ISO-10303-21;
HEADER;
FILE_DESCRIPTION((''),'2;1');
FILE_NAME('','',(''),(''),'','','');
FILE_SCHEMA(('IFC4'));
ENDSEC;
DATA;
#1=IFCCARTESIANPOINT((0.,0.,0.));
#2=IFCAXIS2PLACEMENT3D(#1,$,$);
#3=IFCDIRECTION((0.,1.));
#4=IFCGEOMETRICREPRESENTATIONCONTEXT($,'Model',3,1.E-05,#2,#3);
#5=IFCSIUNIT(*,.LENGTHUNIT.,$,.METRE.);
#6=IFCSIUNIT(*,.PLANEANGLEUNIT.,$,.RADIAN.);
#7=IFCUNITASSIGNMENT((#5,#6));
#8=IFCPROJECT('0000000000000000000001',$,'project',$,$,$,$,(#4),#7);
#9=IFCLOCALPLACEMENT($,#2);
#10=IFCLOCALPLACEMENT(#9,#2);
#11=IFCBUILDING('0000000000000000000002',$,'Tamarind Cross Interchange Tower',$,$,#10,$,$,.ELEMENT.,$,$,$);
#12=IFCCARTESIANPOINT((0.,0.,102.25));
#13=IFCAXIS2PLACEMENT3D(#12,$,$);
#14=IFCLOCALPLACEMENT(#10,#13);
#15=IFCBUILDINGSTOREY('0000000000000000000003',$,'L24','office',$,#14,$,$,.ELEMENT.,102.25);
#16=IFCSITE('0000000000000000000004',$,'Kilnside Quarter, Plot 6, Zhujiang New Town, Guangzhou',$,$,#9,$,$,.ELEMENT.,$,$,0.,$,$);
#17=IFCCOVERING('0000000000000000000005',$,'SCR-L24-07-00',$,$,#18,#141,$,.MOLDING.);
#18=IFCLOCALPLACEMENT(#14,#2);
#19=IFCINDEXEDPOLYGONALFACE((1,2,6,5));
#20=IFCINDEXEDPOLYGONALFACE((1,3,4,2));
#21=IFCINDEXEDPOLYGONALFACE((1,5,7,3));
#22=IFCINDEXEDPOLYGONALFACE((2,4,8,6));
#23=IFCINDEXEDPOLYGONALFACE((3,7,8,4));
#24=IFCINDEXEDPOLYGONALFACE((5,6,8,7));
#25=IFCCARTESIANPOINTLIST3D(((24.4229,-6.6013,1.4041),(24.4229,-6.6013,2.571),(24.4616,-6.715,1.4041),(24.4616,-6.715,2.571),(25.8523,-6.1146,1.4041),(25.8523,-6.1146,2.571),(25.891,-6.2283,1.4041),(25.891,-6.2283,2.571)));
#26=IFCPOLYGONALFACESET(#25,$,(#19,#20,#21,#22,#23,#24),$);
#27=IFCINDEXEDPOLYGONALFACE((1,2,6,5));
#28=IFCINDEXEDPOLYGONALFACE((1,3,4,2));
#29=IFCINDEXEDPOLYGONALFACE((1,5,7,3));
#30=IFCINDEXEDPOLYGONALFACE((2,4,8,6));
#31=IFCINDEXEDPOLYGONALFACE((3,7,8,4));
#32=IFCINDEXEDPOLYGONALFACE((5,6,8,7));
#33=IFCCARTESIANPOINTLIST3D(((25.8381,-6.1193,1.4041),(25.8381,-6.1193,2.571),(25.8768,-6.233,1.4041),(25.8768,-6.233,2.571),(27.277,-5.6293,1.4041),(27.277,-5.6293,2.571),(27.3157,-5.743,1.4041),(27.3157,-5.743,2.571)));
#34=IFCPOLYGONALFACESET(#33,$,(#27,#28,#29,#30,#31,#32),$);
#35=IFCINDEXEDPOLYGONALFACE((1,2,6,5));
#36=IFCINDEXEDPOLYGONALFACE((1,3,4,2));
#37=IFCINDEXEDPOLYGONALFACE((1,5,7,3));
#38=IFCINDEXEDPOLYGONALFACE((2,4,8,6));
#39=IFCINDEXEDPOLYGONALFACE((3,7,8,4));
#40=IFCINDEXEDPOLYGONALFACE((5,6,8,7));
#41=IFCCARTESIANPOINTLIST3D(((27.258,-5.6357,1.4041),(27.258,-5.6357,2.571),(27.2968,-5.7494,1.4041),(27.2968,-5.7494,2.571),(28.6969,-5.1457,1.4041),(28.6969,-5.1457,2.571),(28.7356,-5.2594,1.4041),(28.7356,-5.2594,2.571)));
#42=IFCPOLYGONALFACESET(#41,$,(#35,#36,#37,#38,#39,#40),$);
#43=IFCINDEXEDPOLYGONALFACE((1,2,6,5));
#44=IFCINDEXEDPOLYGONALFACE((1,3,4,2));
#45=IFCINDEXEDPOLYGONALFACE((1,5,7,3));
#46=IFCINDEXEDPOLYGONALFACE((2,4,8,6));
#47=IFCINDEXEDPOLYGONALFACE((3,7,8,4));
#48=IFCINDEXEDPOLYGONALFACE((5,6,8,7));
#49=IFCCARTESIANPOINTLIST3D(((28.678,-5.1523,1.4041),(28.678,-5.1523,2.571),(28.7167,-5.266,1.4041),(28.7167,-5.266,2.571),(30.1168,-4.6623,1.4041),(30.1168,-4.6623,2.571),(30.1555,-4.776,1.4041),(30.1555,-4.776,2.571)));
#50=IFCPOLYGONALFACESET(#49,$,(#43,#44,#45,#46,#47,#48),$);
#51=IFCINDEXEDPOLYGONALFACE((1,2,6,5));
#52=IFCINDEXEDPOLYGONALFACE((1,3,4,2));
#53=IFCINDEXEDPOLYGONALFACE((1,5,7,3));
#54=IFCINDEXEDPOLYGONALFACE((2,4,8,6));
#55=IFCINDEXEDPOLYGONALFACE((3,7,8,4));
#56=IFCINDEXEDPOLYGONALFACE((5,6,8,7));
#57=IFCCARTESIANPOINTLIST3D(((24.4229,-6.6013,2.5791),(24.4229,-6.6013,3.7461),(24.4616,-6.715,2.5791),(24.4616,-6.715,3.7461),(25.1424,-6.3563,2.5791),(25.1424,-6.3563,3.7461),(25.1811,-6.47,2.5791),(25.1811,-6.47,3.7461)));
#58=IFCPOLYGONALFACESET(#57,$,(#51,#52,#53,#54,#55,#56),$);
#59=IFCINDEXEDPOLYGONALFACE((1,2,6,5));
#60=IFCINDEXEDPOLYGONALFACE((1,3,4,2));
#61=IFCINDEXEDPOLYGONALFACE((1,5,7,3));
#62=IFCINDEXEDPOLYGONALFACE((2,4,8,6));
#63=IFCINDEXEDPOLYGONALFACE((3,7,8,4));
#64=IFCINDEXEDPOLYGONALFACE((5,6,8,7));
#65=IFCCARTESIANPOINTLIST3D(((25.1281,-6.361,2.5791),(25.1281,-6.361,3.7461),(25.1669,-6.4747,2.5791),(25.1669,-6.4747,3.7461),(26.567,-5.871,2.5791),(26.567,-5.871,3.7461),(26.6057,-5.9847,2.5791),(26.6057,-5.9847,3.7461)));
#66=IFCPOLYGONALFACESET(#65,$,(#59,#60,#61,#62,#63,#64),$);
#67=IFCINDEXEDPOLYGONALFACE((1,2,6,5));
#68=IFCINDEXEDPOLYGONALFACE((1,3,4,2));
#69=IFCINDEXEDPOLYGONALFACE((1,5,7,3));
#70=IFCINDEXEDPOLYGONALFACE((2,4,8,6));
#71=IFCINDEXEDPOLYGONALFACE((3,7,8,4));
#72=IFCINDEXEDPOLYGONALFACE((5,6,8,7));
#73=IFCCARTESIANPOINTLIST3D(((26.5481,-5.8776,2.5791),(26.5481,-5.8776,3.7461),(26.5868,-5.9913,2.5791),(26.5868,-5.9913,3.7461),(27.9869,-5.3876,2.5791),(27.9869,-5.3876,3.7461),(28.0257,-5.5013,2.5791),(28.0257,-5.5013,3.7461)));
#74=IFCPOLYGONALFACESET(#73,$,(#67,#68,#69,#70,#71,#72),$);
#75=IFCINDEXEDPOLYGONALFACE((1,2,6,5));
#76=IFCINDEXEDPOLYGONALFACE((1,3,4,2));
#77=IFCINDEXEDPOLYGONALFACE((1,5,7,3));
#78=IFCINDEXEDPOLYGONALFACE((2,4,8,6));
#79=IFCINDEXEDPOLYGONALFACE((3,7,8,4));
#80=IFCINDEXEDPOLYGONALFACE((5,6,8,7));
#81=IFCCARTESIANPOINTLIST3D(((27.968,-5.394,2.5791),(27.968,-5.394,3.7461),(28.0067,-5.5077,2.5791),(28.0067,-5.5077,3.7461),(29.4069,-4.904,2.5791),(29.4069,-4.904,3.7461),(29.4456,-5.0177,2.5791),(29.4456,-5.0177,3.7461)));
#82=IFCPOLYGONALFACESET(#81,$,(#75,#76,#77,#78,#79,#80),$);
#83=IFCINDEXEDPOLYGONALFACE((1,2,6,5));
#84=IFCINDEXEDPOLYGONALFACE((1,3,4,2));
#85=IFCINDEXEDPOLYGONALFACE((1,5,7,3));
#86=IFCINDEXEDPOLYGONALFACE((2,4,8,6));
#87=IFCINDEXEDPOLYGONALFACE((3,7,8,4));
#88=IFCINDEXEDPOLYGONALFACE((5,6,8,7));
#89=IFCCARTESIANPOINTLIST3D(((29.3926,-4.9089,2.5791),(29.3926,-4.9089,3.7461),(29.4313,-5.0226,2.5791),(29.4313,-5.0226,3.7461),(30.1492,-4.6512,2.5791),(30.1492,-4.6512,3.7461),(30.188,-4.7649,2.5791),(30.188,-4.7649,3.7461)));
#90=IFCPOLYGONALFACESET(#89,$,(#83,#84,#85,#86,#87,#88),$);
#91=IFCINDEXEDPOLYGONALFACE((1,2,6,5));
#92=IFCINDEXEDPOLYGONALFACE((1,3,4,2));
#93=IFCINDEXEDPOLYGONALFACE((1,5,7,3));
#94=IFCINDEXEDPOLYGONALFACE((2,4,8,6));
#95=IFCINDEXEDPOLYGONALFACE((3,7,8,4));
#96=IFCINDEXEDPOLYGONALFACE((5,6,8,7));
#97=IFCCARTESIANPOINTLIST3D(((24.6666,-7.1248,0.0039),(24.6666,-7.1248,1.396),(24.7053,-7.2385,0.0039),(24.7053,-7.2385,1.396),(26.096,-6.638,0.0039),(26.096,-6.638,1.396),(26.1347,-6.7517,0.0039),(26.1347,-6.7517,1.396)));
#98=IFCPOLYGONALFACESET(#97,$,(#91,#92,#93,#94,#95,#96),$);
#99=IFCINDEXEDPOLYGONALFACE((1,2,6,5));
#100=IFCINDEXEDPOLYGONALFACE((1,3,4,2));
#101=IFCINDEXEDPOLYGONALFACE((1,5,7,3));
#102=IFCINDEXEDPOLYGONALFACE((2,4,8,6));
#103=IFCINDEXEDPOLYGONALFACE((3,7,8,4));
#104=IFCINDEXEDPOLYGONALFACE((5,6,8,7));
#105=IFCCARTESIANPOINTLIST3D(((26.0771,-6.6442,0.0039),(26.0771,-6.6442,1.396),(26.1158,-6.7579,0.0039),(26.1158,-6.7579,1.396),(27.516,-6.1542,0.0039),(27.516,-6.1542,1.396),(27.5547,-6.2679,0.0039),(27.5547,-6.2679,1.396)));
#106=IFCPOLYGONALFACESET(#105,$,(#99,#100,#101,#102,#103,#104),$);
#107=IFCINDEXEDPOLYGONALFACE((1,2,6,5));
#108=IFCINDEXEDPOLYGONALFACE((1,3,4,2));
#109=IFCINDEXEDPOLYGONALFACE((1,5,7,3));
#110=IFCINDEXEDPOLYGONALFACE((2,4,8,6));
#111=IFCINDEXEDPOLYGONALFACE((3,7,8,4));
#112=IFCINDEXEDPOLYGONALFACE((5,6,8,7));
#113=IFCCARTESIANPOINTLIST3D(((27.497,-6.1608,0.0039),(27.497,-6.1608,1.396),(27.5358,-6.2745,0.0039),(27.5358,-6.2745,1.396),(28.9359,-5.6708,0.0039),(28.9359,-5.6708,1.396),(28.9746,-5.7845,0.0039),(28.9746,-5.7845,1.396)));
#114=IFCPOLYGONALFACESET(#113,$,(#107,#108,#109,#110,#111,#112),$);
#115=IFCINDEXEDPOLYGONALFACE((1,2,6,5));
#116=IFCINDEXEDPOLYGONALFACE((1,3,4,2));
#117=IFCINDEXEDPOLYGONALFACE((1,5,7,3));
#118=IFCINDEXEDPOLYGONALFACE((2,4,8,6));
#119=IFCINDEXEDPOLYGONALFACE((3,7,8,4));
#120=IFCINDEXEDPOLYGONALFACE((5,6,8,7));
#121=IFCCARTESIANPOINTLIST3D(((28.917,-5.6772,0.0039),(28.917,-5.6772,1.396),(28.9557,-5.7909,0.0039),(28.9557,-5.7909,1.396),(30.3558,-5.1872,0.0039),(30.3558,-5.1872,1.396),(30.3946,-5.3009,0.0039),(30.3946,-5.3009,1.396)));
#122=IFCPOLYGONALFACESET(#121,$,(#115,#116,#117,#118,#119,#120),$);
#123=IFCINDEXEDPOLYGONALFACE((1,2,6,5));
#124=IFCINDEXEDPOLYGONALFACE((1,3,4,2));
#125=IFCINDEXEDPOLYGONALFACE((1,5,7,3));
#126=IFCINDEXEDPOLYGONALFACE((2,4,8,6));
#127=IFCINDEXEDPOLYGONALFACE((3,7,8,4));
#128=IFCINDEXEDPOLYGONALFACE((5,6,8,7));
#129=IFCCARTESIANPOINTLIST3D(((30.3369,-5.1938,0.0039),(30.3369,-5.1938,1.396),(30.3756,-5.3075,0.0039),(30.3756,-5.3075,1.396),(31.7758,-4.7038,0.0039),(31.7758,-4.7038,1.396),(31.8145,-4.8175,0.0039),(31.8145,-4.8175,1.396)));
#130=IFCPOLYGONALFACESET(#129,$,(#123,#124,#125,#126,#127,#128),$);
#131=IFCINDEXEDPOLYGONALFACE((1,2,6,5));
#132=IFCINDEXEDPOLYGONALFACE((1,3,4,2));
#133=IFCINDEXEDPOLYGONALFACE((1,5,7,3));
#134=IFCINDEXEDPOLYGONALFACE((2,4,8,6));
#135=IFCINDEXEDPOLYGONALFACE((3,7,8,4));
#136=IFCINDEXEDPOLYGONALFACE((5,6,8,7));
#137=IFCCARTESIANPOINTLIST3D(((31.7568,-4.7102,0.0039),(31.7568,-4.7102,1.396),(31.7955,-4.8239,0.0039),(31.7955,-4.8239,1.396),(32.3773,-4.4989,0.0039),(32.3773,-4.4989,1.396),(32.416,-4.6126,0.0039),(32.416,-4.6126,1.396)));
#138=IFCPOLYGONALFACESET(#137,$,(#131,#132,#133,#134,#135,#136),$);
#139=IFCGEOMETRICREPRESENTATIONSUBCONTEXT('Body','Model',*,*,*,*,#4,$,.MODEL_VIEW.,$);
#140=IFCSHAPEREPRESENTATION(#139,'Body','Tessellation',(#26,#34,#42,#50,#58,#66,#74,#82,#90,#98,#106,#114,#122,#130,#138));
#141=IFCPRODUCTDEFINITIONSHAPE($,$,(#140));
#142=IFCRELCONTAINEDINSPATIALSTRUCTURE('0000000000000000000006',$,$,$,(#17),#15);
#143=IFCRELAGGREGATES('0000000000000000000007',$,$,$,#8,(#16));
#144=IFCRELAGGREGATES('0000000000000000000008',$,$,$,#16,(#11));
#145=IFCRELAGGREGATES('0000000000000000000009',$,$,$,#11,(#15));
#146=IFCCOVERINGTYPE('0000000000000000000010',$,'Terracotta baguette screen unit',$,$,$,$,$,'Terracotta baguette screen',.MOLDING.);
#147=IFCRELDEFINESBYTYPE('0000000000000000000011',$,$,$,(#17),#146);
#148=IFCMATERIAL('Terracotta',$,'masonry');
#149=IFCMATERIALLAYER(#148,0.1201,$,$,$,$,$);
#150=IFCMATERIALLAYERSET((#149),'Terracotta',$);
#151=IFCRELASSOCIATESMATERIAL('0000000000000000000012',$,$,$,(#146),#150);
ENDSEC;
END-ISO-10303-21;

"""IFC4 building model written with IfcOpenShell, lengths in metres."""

from ifc_helpers import new_model, si_unit, direction, frame, origin, origin_2d, place, context, subcontext, project, spatial, rectangle, extrude, material, layer, layer_set, type_object, element, save


model = new_model("IFC4")

# Units and contexts
model_context = context("Model", 3, precision=1e-05, world=origin(), true_north=direction((0.0, 1.0)))
body_context = subcontext(model_context, "Body", "Model", "MODEL_VIEW")
ifc_project = project(units=[si_unit("LENGTHUNIT", "METRE"), si_unit("PLANEANGLEUNIT", "RADIAN")], contexts=[model_context])

# Site, building, storey
site_placement = place(None, origin())
site = spatial("IfcSite", under=ifc_project, at=site_placement, Name="Kilnside Quarter, Plot 6, Zhujiang New Town, Guangzhou", CompositionType="ELEMENT", RefElevation=0.0)
building_placement = place(site_placement, origin())
building = spatial("IfcBuilding", under=site, at=building_placement, Name="Tamarind Cross Interchange Tower", CompositionType="ELEMENT")
storey_placement = place(building_placement, frame((0.0, 0.0, 102.25)))
storey = spatial("IfcBuildingStorey", under=building, at=storey_placement, Name="L24", Description="office", CompositionType="ELEMENT", Elevation=102.25)

# Covering
ifc_material_1 = material(Name="Terracotta", Category="masonry")
ifc_layer_1 = layer(ifc_material_1, 0.1201)
ifc_layer_set_1 = layer_set([ifc_layer_1], Name="Terracotta")
covering_type = type_object("IfcCoveringType", Name="Terracotta baguette screen unit", ElementType="Terracotta baguette screen", PredefinedType="MOLDING", material=ifc_layer_set_1)
covering_1_placement = place(storey_placement, origin())
element("IfcCovering", 1, at=covering_1_placement, inside=storey, type_object=covering_type, Name="SCR-L24-07-00", PredefinedType="MOLDING", context=body_context, shape_type="SweptSolid", body=[
    extrude(rectangle(XDim=1.51, YDim=0.1201, at=origin_2d()), frame((25.157, -6.4148, 1.4041), z_axis=(0.0, 0.0, 1.0), x_axis=(0.946613, 0.322371, 0.0)), (0.0, 0.0, 1.0), 1.167),
    extrude(rectangle(XDim=1.52, YDim=0.1201, at=origin_2d()), frame((26.5769, -5.9312, 1.4041), z_axis=(0.0, 0.0, 1.0), x_axis=(0.946613, 0.322371, 0.0)), (0.0, 0.0, 1.0), 1.167),
    extrude(rectangle(XDim=1.52, YDim=0.1201, at=origin_2d()), frame((27.9968, -5.4475, 1.4041), z_axis=(0.0, 0.0, 1.0), x_axis=(0.946613, 0.322371, 0.0)), (0.0, 0.0, 1.0), 1.167),
    extrude(rectangle(XDim=1.52, YDim=0.1201, at=origin_2d()), frame((29.4167, -4.9641, 1.4041), z_axis=(0.0, 0.0, 1.0), x_axis=(0.946613, 0.322371, 0.0)), (0.0, 0.0, 1.0), 1.167),
    extrude(rectangle(XDim=0.76, YDim=0.1201, at=origin_2d()), frame((24.802, -6.5356, 2.5791), z_axis=(0.0, 0.0, 1.0), x_axis=(0.946613, 0.322371, 0.0)), (0.0, 0.0, 1.0), 1.167),
    extrude(rectangle(XDim=1.52, YDim=0.1201, at=origin_2d()), frame((25.8669, -6.1729, 2.5791), z_axis=(0.0, 0.0, 1.0), x_axis=(0.946613, 0.322371, 0.0)), (0.0, 0.0, 1.0), 1.167),
    extrude(rectangle(XDim=1.52, YDim=0.1201, at=origin_2d()), frame((27.2869, -5.6895, 2.5791), z_axis=(0.0, 0.0, 1.0), x_axis=(0.946613, 0.322371, 0.0)), (0.0, 0.0, 1.0), 1.167),
    extrude(rectangle(XDim=1.52, YDim=0.1201, at=origin_2d()), frame((28.7068, -5.2058, 2.5791), z_axis=(0.0, 0.0, 1.0), x_axis=(0.946613, 0.322371, 0.0)), (0.0, 0.0, 1.0), 1.167),
    extrude(rectangle(XDim=0.7993, YDim=0.1201, at=origin_2d()), frame((29.7903, -4.8369, 2.5791), z_axis=(0.0, 0.0, 1.0), x_axis=(0.946613, 0.322371, 0.0)), (0.0, 0.0, 1.0), 1.167),
    extrude(rectangle(XDim=1.51, YDim=0.1201, at=origin_2d()), frame((25.4006, -6.9382, 0.0039), z_axis=(0.0, 0.0, 1.0), x_axis=(0.946613, 0.322371, 0.0)), (0.0, 0.0, 1.0), 1.3921),
    extrude(rectangle(XDim=1.52, YDim=0.1201, at=origin_2d()), frame((26.8159, -6.4561, 0.0039), z_axis=(0.0, 0.0, 1.0), x_axis=(0.946613, 0.322371, 0.0)), (0.0, 0.0, 1.0), 1.3921),
    extrude(rectangle(XDim=1.52, YDim=0.1201, at=origin_2d()), frame((28.2358, -5.9727, 0.0039), z_axis=(0.0, 0.0, 1.0), x_axis=(0.946613, 0.322371, 0.0)), (0.0, 0.0, 1.0), 1.3921),
    extrude(rectangle(XDim=1.52, YDim=0.1201, at=origin_2d()), frame((29.6558, -5.489, 0.0039), z_axis=(0.0, 0.0, 1.0), x_axis=(0.946613, 0.322371, 0.0)), (0.0, 0.0, 1.0), 1.3921),
    extrude(rectangle(XDim=1.52, YDim=0.1201, at=origin_2d()), frame((31.0757, -5.0056, 0.0039), z_axis=(0.0, 0.0, 1.0), x_axis=(0.946613, 0.322371, 0.0)), (0.0, 0.0, 1.0), 1.3921),
    extrude(rectangle(XDim=0.6555, YDim=0.1201, at=origin_2d()), frame((32.0864, -4.6614, 0.0039), z_axis=(0.0, 0.0, 1.0), x_axis=(0.946613, 0.322371, 0.0)), (0.0, 0.0, 1.0), 1.3921),
])

save(model, "model.ifc")
